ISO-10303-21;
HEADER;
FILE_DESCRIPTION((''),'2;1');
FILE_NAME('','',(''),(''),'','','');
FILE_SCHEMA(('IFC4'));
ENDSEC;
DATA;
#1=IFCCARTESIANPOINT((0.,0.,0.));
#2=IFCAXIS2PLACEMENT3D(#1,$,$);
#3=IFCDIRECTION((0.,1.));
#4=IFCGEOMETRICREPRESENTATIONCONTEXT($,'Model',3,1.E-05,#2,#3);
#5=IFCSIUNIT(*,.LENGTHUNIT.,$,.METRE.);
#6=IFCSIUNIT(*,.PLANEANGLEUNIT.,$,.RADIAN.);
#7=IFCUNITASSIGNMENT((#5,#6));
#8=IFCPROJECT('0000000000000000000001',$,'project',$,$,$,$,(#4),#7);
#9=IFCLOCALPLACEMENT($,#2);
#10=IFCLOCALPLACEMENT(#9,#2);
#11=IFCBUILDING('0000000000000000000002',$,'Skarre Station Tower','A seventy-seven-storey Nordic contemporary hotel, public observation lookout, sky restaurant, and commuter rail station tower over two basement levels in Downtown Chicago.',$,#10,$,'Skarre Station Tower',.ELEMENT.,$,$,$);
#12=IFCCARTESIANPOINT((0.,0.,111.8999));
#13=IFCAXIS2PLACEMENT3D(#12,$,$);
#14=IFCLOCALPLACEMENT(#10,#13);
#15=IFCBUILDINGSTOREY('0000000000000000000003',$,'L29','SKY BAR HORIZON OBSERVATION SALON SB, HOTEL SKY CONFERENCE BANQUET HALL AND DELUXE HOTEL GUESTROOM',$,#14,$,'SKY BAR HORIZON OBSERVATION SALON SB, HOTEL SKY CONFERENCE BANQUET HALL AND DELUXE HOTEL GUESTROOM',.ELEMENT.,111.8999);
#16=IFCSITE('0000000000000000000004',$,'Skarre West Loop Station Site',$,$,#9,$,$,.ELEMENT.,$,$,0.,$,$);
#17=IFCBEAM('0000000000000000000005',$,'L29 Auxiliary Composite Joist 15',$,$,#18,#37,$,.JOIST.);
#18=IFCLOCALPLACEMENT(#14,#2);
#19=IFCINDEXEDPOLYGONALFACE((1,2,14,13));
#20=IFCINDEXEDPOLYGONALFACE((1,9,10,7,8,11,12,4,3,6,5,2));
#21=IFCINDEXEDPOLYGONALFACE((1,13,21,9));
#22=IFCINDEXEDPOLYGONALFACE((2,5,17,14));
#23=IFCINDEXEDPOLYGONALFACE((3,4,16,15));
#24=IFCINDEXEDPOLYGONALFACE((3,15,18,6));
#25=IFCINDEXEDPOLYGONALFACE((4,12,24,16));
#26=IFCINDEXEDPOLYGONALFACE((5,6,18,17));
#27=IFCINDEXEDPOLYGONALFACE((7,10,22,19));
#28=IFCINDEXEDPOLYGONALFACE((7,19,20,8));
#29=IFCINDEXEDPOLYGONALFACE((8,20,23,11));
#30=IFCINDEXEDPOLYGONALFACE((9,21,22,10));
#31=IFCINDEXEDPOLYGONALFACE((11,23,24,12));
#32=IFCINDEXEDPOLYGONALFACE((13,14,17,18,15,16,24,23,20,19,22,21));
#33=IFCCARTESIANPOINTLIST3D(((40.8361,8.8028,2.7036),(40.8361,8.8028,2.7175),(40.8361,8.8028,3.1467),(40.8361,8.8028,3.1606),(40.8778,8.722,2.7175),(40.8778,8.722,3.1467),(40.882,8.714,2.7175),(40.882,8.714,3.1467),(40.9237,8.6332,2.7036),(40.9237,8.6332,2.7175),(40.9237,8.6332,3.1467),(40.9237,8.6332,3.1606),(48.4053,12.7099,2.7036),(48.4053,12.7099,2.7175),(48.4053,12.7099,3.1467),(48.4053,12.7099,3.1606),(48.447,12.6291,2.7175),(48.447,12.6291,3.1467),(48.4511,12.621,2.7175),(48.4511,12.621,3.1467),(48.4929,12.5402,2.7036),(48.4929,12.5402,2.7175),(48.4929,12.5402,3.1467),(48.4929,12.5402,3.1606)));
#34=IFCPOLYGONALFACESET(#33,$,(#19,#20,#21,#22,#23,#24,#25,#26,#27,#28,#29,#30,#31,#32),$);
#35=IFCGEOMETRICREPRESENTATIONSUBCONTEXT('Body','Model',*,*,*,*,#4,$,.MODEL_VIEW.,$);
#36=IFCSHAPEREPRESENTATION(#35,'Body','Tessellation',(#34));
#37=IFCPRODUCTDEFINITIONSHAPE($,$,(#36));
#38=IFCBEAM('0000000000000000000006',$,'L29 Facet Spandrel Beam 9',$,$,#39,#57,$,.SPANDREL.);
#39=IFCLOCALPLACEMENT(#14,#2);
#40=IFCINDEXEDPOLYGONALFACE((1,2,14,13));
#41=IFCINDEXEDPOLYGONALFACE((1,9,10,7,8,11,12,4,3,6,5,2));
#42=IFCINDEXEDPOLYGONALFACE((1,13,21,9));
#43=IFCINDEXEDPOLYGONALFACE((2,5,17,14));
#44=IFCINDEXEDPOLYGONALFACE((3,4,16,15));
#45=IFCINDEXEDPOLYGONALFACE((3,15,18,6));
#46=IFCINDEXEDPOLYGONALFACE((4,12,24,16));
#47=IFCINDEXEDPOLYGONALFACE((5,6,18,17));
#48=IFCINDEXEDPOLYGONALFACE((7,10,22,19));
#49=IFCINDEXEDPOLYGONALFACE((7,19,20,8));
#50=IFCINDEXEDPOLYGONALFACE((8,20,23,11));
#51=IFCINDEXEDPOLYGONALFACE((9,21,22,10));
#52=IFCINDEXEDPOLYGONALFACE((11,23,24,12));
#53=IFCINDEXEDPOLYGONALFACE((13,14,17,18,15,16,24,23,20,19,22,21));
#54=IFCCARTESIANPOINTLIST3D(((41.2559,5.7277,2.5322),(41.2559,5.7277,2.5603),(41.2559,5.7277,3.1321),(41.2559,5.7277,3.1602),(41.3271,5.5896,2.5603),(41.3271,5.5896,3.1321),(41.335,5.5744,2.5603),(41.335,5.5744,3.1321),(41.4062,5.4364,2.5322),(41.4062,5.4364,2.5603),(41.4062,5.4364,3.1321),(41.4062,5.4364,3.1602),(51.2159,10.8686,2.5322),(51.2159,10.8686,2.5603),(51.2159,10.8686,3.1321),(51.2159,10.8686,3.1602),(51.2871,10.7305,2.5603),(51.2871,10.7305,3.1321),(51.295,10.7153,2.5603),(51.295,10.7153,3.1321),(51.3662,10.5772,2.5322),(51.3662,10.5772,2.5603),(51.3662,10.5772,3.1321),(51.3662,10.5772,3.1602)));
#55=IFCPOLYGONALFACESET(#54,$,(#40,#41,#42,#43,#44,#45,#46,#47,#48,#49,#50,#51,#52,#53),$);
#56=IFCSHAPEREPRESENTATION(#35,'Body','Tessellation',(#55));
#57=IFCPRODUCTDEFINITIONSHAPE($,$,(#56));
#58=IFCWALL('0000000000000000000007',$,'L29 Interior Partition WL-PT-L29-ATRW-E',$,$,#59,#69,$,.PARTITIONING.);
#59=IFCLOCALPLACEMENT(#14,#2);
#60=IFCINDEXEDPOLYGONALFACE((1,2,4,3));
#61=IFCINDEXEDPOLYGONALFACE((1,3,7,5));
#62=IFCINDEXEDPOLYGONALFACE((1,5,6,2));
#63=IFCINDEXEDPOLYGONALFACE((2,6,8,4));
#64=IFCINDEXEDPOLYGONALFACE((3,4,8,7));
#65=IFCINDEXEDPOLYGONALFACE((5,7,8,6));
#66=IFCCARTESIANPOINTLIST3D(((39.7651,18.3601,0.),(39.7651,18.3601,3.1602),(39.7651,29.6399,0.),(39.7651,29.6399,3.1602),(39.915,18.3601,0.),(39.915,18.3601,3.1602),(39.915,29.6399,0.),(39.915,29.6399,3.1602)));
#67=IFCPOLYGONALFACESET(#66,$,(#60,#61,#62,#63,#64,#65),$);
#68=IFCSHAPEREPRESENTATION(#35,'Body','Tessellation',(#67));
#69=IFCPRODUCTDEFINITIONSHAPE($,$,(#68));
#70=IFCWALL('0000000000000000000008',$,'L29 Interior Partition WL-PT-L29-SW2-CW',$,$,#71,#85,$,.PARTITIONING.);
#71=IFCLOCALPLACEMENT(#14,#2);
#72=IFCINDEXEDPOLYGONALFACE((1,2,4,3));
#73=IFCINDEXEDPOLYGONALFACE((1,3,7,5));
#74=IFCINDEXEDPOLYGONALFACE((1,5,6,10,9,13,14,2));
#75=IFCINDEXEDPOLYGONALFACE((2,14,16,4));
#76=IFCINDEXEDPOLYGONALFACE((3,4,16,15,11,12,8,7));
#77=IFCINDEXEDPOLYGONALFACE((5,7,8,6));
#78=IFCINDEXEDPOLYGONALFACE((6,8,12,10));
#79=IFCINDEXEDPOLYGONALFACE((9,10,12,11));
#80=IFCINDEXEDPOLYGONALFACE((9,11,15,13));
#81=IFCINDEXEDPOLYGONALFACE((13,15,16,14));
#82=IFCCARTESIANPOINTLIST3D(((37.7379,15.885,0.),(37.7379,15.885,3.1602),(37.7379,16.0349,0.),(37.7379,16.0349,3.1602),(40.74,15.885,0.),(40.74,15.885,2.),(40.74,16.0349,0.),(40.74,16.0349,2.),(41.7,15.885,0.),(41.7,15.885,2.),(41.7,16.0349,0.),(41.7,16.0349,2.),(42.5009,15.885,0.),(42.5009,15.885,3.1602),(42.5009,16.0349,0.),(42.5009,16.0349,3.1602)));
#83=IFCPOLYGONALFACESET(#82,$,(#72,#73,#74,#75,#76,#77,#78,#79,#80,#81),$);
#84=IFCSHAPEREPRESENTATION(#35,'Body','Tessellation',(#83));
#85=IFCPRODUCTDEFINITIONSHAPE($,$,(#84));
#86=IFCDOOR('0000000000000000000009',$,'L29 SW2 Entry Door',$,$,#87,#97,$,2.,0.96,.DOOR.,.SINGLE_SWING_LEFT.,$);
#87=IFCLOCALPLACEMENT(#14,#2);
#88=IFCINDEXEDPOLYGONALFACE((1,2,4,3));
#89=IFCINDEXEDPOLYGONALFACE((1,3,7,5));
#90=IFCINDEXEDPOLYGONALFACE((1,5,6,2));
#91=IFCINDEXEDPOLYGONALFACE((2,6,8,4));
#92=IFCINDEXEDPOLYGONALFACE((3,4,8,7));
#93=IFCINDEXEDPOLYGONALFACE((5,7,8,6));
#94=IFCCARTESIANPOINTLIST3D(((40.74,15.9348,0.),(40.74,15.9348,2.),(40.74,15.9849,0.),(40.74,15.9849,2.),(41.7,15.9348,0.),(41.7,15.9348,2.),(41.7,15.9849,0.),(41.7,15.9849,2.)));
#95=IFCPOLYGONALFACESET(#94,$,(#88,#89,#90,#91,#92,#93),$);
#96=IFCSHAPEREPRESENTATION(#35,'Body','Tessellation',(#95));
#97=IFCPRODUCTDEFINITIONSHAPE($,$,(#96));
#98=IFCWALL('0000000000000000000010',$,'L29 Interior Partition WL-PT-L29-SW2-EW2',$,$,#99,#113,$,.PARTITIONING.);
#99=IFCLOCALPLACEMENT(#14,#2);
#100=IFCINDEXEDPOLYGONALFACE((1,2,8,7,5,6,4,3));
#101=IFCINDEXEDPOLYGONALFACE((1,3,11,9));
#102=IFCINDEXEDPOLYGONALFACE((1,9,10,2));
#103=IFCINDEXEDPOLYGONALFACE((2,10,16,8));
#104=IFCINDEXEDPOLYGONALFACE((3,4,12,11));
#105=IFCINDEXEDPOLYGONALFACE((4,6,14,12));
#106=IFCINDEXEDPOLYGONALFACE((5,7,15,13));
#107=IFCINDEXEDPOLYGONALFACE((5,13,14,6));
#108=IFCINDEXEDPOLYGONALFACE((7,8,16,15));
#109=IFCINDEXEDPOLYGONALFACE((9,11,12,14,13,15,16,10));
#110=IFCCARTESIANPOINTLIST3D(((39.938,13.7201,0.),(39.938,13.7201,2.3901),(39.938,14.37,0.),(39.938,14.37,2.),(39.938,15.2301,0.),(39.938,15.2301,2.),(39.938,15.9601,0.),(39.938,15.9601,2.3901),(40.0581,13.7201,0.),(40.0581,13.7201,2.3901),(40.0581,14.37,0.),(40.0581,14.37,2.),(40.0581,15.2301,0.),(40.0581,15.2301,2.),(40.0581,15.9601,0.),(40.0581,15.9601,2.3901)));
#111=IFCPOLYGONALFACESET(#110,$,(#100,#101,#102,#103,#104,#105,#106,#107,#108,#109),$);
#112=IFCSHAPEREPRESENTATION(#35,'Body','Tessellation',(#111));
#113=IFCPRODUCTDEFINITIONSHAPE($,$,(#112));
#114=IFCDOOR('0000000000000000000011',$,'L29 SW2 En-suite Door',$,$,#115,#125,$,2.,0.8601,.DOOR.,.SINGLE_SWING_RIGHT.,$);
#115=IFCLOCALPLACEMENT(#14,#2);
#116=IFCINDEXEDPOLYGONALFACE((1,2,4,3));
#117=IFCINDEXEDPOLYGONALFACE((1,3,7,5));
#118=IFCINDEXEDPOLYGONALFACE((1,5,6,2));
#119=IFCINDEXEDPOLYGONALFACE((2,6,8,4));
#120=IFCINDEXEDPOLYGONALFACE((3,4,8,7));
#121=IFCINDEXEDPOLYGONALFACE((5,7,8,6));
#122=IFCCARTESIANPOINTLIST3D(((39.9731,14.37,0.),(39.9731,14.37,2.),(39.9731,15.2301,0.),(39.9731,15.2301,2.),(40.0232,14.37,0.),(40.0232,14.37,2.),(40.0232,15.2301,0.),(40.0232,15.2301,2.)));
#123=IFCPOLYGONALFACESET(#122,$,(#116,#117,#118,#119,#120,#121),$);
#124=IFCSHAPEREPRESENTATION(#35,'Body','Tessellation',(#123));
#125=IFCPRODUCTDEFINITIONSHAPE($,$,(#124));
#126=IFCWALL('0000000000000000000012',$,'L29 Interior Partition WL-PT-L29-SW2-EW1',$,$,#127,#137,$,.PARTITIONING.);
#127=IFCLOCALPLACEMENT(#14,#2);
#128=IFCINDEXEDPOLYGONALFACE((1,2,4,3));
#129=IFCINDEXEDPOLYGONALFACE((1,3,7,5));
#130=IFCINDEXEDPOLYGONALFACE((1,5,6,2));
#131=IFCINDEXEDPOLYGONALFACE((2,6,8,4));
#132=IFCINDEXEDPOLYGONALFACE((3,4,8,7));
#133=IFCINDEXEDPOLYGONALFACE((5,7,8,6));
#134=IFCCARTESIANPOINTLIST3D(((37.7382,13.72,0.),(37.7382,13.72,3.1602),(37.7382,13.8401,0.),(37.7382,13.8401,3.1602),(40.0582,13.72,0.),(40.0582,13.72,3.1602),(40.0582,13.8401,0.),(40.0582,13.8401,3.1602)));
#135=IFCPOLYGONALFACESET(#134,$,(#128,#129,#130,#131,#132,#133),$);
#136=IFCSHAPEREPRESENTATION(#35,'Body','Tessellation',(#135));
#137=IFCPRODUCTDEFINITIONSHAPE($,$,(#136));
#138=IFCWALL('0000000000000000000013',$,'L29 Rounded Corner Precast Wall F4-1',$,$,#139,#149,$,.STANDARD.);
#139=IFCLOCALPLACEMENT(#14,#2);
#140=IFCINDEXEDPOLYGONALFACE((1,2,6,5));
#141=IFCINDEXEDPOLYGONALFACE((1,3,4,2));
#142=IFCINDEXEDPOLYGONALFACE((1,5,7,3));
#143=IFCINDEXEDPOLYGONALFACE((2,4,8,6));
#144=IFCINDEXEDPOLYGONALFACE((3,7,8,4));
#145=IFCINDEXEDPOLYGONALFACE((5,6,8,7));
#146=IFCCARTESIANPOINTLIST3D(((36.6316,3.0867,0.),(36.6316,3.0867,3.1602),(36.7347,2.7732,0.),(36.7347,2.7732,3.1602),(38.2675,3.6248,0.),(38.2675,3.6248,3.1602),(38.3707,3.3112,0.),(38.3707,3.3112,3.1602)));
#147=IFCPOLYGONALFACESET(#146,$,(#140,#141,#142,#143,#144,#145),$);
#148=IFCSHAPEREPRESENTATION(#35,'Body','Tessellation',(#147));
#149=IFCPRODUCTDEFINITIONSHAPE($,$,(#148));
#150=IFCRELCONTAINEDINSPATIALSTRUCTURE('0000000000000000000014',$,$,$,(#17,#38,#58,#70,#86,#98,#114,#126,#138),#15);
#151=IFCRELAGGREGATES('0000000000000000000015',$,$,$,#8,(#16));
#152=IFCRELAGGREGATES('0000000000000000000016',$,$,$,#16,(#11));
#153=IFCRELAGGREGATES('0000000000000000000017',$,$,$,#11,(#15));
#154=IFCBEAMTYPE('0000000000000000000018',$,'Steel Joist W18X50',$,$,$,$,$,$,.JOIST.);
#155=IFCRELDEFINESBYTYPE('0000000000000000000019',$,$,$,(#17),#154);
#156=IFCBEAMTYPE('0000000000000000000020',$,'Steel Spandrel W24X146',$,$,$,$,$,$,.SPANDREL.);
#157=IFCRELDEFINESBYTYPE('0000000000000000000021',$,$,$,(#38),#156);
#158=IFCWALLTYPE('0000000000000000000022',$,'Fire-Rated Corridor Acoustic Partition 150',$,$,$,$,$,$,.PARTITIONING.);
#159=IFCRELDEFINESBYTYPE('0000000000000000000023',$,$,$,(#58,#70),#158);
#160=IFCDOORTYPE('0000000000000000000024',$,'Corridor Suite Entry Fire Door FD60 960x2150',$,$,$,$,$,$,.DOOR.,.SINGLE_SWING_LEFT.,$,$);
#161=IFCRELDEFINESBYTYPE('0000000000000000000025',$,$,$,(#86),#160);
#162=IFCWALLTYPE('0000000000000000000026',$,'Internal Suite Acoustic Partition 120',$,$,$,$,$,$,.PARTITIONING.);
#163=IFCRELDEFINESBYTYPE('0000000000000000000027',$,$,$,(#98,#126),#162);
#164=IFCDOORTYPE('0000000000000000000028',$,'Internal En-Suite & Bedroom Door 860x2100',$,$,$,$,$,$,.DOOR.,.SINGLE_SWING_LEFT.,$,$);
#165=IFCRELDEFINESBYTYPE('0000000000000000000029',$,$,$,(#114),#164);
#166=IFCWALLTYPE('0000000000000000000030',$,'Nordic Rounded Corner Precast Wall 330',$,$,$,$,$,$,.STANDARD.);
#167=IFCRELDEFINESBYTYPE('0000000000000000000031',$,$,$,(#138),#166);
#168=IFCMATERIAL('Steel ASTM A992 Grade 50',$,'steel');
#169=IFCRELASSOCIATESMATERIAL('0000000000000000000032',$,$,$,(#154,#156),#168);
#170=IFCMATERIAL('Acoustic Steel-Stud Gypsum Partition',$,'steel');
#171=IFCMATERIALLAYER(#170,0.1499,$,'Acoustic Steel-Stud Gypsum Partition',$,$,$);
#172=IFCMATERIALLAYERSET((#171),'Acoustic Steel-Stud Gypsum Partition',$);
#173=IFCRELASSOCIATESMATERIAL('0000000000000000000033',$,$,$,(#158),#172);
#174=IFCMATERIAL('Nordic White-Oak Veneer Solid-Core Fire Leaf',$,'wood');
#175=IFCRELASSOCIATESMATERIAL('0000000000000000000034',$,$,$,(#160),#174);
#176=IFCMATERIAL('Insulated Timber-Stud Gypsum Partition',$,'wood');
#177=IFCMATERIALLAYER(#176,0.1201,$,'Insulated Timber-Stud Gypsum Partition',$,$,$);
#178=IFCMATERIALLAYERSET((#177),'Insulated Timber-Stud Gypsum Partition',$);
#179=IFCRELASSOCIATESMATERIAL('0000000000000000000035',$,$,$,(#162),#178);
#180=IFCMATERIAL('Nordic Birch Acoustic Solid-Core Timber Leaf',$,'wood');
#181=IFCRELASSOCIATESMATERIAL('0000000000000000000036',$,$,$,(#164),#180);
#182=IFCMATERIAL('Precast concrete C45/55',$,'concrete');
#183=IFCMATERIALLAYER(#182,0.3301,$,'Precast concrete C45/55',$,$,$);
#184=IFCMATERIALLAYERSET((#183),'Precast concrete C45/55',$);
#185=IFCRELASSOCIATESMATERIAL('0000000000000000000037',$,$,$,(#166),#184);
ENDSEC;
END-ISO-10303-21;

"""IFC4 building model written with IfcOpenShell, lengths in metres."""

from ifc_helpers import new_model, si_unit, direction, frame, frame_2d, origin, origin_2d, place, context, subcontext, project, spatial, rectangle, i_section, extrude, material, layer, layer_set, material_profile, profile_set, type_object, element, fill, save


model = new_model("IFC4")

# Units and contexts
model_context = context("Model", 3, precision=1e-05, world=origin(), true_north=direction((0.0, 1.0)))
body_context = subcontext(model_context, "Body", "Model", "MODEL_VIEW")
ifc_project = project(units=[si_unit("LENGTHUNIT", "METRE"), si_unit("PLANEANGLEUNIT", "RADIAN")], contexts=[model_context])

# Site, building, storey
site_placement = place(None, origin())
site = spatial("IfcSite", under=ifc_project, at=site_placement, Name="Skarre West Loop Station Site", CompositionType="ELEMENT", RefElevation=0.0)
building_placement = place(site_placement, origin())
building = spatial("IfcBuilding", under=site, at=building_placement, Name="Skarre Station Tower", Description="A seventy-seven-storey Nordic contemporary hotel, public observation lookout, sky restaurant, and commuter rail station tower over two basement levels in Downtown Chicago.", LongName="Skarre Station Tower", CompositionType="ELEMENT")
storey_placement = place(building_placement, frame((0.0, 0.0, 111.8999)))
storey = spatial("IfcBuildingStorey", under=building, at=storey_placement, Name="L29", Description="SKY BAR HORIZON OBSERVATION SALON SB, HOTEL SKY CONFERENCE BANQUET HALL AND DELUXE HOTEL GUESTROOM", LongName="SKY BAR HORIZON OBSERVATION SALON SB, HOTEL SKY CONFERENCE BANQUET HALL AND DELUXE HOTEL GUESTROOM", CompositionType="ELEMENT", Elevation=111.8999)

# Beams
ifc_material_1 = material(Name="Steel ASTM A992 Grade 50", Category="steel")
ifc_material_profile_1 = material_profile(ifc_material_1, i_section(OverallWidth=0.1909, OverallDepth=0.457, WebThickness=0.009, FlangeThickness=0.0139, at=origin_2d()), Name="Steel ASTM A992 Grade 50")
ifc_profile_set_1 = profile_set([ifc_material_profile_1], Name="Steel ASTM A992 Grade 50")
beam_type_1 = type_object("IfcBeamType", Name="Steel Joist W18X50", PredefinedType="JOIST", material=ifc_profile_set_1)
beam_1_placement = place(storey_placement, frame((40.8799, 8.718, 2.9321), z_axis=(0.888604, 0.458676, 0.0), x_axis=(-0.458676, 0.888604, 0.0)))
element("IfcBeam", 1, at=beam_1_placement, inside=storey, type_object=beam_type_1, Name="L29 Auxiliary Composite Joist 15", PredefinedType="JOIST", context=body_context, shape_type="SweptSolid", body=[
    extrude(i_section(OverallWidth=0.1909, OverallDepth=0.457, WebThickness=0.009, FlangeThickness=0.0139, at=origin_2d()), origin(), (0.0, 0.0, 1.0), 8.5181),
])
ifc_material_profile_2 = material_profile(ifc_material_1, i_section(OverallWidth=0.3279, OverallDepth=0.6279, WebThickness=0.0171, FlangeThickness=0.0281, at=origin_2d()), Name="Steel ASTM A992 Grade 50")
ifc_profile_set_2 = profile_set([ifc_material_profile_2], Name="Steel ASTM A992 Grade 50")
beam_type_2 = type_object("IfcBeamType", Name="Steel Spandrel W24X146", PredefinedType="SPANDREL", material=ifc_profile_set_2)
beam_2_placement = place(storey_placement, frame((41.3311, 5.582, 2.8462), z_axis=(0.888612, 0.45866, 0.0), x_axis=(-0.45866, 0.888612, 0.0)))
element("IfcBeam", 2, at=beam_2_placement, inside=storey, type_object=beam_type_2, Name="L29 Facet Spandrel Beam 9", PredefinedType="SPANDREL", context=body_context, shape_type="SweptSolid", body=[
    extrude(i_section(OverallWidth=0.3279, OverallDepth=0.6279, WebThickness=0.0171, FlangeThickness=0.0281, at=origin_2d()), origin(), (0.0, 0.0, 1.0), 11.2085),
])

# Wall
ifc_material_2 = material(Name="Acoustic Steel-Stud Gypsum Partition", Category="steel")
ifc_layer_1 = layer(ifc_material_2, 0.1499, Name="Acoustic Steel-Stud Gypsum Partition")
ifc_layer_set_1 = layer_set([ifc_layer_1], Name="Acoustic Steel-Stud Gypsum Partition")
wall_type_1 = type_object("IfcWallType", Name="Fire-Rated Corridor Acoustic Partition 150", PredefinedType="PARTITIONING", material=ifc_layer_set_1)
wall_1_placement = place(storey_placement, frame((39.8401, 18.3601, 0.0), z_axis=(0.0, 0.0, 1.0), x_axis=(0.0, 1.0, 0.0)))
element("IfcWall", 3, at=wall_1_placement, inside=storey, type_object=wall_type_1, Name="L29 Interior Partition WL-PT-L29-ATRW-E", PredefinedType="PARTITIONING", context=body_context, shape_type="SweptSolid", body=[
    extrude(rectangle(XDim=11.2798, YDim=0.1499, at=frame_2d((5.6399, 0.0))), origin(), (0.0, 0.0, 1.0), 3.1602),
])

# Walls, openings, doors
wall_2_placement = place(storey_placement, frame((37.738, 15.96, 0.0), z_axis=(0.0, 0.0, 1.0), x_axis=(1.0, 0.0, 0.0)))
wall_2 = element("IfcWall", 4, at=wall_2_placement, inside=storey, type_object=wall_type_1, Name="L29 Interior Partition WL-PT-L29-SW2-CW", PredefinedType="PARTITIONING", context=body_context, shape_type="SweptSolid", body=[
    extrude(rectangle(XDim=4.7629, YDim=0.1499, at=frame_2d((2.3813, 0.0))), origin(), (0.0, 0.0, 1.0), 3.1602),
])
opening_1_placement = place(wall_2_placement, frame((3.002, 0.0, 0.0)))
opening_1 = element("IfcOpeningElement", 5, at=opening_1_placement, cuts=wall_2, PredefinedType="OPENING", context=body_context, shape_type="SweptSolid", body=[
    extrude(rectangle(XDim=0.96, YDim=2.0, at=frame_2d((0.48, 1.0))), frame((0.0, 0.085, 0.0), z_axis=(0.0, -1.0, 0.0), x_axis=(1.0, 0.0, 0.0)), (0.0, 0.0, 1.0), 0.1699),
])
ifc_material_3 = material(Name="Nordic White-Oak Veneer Solid-Core Fire Leaf", Category="wood")
door_type_1 = type_object("IfcDoorType", Name="Corridor Suite Entry Fire Door FD60 960x2150", OperationType="SINGLE_SWING_LEFT", PredefinedType="DOOR", material=ifc_material_3)
door_1_placement = place(opening_1_placement, origin())
door_1 = element("IfcDoor", 6, at=door_1_placement, inside=storey, type_object=door_type_1, Name="L29 SW2 Entry Door", OperationType="SINGLE_SWING_LEFT", OverallHeight=2.0, OverallWidth=0.96, PredefinedType="DOOR", context=body_context, shape_type="SweptSolid", body=[
    extrude(rectangle(XDim=0.96, YDim=2.0, at=frame_2d((0.48, 1.0))), frame((0.0, 0.0249, 0.0), z_axis=(0.0, -1.0, 0.0), x_axis=(1.0, 0.0, 0.0)), (0.0, 0.0, 1.0), 0.05),
])
fill(opening_1, door_1)
ifc_material_4 = material(Name="Insulated Timber-Stud Gypsum Partition", Category="wood")
ifc_layer_2 = layer(ifc_material_4, 0.1201, Name="Insulated Timber-Stud Gypsum Partition")
ifc_layer_set_2 = layer_set([ifc_layer_2], Name="Insulated Timber-Stud Gypsum Partition")
wall_type_2 = type_object("IfcWallType", Name="Internal Suite Acoustic Partition 120", PredefinedType="PARTITIONING", material=ifc_layer_set_2)
wall_3_placement = place(storey_placement, frame((39.998, 13.72, 0.0), z_axis=(0.0, 0.0, 1.0), x_axis=(0.0, 1.0, 0.0)))
wall_3 = element("IfcWall", 7, at=wall_3_placement, inside=storey, type_object=wall_type_2, Name="L29 Interior Partition WL-PT-L29-SW2-EW2", PredefinedType="PARTITIONING", context=body_context, shape_type="SweptSolid", body=[
    extrude(rectangle(XDim=2.24, YDim=0.1201, at=frame_2d((1.1201, 0.0))), origin(), (0.0, 0.0, 1.0), 2.3901),
])
opening_2_placement = place(wall_3_placement, frame((0.6499, 0.0, 0.0)))
opening_2 = element("IfcOpeningElement", 8, at=opening_2_placement, cuts=wall_3, PredefinedType="OPENING", context=body_context, shape_type="SweptSolid", body=[
    extrude(rectangle(XDim=0.8601, YDim=2.0, at=frame_2d((0.4302, 1.0))), frame((0.0, 0.0701, 0.0), z_axis=(0.0, -1.0, 0.0), x_axis=(1.0, 0.0, 0.0)), (0.0, 0.0, 1.0), 0.1401),
])
ifc_material_5 = material(Name="Nordic Birch Acoustic Solid-Core Timber Leaf", Category="wood")
door_type_2 = type_object("IfcDoorType", Name="Internal En-Suite & Bedroom Door 860x2100", OperationType="SINGLE_SWING_LEFT", PredefinedType="DOOR", material=ifc_material_5)
door_2_placement = place(opening_2_placement, origin())
door_2 = element("IfcDoor", 9, at=door_2_placement, inside=storey, type_object=door_type_2, Name="L29 SW2 En-suite Door", OperationType="SINGLE_SWING_RIGHT", OverallHeight=2.0, OverallWidth=0.8601, PredefinedType="DOOR", context=body_context, shape_type="SweptSolid", body=[
    extrude(rectangle(XDim=0.8601, YDim=2.0, at=frame_2d((0.4302, 1.0))), frame((0.0, 0.0249, 0.0), z_axis=(0.0, -1.0, 0.0), x_axis=(1.0, 0.0, 0.0)), (0.0, 0.0, 1.0), 0.05),
])
fill(opening_2, door_2)

# Walls
wall_4_placement = place(storey_placement, frame((37.738, 13.78, 0.0), z_axis=(0.0, 0.0, 1.0), x_axis=(1.0, 0.0, 0.0)))
element("IfcWall", 10, at=wall_4_placement, inside=storey, type_object=wall_type_2, Name="L29 Interior Partition WL-PT-L29-SW2-EW1", PredefinedType="PARTITIONING", context=body_context, shape_type="SweptSolid", body=[
    extrude(rectangle(XDim=2.3201, YDim=0.1201, at=frame_2d((1.1602, 0.0))), origin(), (0.0, 0.0, 1.0), 3.1602),
])
ifc_material_6 = material(Name="Precast concrete C45/55", Category="concrete")
ifc_layer_3 = layer(ifc_material_6, 0.3301, Name="Precast concrete C45/55")
ifc_layer_set_3 = layer_set([ifc_layer_3], Name="Precast concrete C45/55")
wall_type_3 = type_object("IfcWallType", Name="Nordic Rounded Corner Precast Wall 330", PredefinedType="STANDARD", material=ifc_layer_set_3)
wall_5_placement = place(storey_placement, frame((38.3191, 3.468, 0.0), z_axis=(0.0, 0.0, 1.0), x_axis=(-0.949937, -0.31244, 0.0)))
element("IfcWall", 11, at=wall_5_placement, inside=storey, type_object=wall_type_3, Name="L29 Rounded Corner Precast Wall F4-1", PredefinedType="STANDARD", context=body_context, shape_type="SweptSolid", body=[
    extrude(rectangle(XDim=1.7222, YDim=0.3301, at=frame_2d((0.8611, 0.0))), origin(), (0.0, 0.0, 1.0), 3.1602),
])

save(model, "model.ifc")
